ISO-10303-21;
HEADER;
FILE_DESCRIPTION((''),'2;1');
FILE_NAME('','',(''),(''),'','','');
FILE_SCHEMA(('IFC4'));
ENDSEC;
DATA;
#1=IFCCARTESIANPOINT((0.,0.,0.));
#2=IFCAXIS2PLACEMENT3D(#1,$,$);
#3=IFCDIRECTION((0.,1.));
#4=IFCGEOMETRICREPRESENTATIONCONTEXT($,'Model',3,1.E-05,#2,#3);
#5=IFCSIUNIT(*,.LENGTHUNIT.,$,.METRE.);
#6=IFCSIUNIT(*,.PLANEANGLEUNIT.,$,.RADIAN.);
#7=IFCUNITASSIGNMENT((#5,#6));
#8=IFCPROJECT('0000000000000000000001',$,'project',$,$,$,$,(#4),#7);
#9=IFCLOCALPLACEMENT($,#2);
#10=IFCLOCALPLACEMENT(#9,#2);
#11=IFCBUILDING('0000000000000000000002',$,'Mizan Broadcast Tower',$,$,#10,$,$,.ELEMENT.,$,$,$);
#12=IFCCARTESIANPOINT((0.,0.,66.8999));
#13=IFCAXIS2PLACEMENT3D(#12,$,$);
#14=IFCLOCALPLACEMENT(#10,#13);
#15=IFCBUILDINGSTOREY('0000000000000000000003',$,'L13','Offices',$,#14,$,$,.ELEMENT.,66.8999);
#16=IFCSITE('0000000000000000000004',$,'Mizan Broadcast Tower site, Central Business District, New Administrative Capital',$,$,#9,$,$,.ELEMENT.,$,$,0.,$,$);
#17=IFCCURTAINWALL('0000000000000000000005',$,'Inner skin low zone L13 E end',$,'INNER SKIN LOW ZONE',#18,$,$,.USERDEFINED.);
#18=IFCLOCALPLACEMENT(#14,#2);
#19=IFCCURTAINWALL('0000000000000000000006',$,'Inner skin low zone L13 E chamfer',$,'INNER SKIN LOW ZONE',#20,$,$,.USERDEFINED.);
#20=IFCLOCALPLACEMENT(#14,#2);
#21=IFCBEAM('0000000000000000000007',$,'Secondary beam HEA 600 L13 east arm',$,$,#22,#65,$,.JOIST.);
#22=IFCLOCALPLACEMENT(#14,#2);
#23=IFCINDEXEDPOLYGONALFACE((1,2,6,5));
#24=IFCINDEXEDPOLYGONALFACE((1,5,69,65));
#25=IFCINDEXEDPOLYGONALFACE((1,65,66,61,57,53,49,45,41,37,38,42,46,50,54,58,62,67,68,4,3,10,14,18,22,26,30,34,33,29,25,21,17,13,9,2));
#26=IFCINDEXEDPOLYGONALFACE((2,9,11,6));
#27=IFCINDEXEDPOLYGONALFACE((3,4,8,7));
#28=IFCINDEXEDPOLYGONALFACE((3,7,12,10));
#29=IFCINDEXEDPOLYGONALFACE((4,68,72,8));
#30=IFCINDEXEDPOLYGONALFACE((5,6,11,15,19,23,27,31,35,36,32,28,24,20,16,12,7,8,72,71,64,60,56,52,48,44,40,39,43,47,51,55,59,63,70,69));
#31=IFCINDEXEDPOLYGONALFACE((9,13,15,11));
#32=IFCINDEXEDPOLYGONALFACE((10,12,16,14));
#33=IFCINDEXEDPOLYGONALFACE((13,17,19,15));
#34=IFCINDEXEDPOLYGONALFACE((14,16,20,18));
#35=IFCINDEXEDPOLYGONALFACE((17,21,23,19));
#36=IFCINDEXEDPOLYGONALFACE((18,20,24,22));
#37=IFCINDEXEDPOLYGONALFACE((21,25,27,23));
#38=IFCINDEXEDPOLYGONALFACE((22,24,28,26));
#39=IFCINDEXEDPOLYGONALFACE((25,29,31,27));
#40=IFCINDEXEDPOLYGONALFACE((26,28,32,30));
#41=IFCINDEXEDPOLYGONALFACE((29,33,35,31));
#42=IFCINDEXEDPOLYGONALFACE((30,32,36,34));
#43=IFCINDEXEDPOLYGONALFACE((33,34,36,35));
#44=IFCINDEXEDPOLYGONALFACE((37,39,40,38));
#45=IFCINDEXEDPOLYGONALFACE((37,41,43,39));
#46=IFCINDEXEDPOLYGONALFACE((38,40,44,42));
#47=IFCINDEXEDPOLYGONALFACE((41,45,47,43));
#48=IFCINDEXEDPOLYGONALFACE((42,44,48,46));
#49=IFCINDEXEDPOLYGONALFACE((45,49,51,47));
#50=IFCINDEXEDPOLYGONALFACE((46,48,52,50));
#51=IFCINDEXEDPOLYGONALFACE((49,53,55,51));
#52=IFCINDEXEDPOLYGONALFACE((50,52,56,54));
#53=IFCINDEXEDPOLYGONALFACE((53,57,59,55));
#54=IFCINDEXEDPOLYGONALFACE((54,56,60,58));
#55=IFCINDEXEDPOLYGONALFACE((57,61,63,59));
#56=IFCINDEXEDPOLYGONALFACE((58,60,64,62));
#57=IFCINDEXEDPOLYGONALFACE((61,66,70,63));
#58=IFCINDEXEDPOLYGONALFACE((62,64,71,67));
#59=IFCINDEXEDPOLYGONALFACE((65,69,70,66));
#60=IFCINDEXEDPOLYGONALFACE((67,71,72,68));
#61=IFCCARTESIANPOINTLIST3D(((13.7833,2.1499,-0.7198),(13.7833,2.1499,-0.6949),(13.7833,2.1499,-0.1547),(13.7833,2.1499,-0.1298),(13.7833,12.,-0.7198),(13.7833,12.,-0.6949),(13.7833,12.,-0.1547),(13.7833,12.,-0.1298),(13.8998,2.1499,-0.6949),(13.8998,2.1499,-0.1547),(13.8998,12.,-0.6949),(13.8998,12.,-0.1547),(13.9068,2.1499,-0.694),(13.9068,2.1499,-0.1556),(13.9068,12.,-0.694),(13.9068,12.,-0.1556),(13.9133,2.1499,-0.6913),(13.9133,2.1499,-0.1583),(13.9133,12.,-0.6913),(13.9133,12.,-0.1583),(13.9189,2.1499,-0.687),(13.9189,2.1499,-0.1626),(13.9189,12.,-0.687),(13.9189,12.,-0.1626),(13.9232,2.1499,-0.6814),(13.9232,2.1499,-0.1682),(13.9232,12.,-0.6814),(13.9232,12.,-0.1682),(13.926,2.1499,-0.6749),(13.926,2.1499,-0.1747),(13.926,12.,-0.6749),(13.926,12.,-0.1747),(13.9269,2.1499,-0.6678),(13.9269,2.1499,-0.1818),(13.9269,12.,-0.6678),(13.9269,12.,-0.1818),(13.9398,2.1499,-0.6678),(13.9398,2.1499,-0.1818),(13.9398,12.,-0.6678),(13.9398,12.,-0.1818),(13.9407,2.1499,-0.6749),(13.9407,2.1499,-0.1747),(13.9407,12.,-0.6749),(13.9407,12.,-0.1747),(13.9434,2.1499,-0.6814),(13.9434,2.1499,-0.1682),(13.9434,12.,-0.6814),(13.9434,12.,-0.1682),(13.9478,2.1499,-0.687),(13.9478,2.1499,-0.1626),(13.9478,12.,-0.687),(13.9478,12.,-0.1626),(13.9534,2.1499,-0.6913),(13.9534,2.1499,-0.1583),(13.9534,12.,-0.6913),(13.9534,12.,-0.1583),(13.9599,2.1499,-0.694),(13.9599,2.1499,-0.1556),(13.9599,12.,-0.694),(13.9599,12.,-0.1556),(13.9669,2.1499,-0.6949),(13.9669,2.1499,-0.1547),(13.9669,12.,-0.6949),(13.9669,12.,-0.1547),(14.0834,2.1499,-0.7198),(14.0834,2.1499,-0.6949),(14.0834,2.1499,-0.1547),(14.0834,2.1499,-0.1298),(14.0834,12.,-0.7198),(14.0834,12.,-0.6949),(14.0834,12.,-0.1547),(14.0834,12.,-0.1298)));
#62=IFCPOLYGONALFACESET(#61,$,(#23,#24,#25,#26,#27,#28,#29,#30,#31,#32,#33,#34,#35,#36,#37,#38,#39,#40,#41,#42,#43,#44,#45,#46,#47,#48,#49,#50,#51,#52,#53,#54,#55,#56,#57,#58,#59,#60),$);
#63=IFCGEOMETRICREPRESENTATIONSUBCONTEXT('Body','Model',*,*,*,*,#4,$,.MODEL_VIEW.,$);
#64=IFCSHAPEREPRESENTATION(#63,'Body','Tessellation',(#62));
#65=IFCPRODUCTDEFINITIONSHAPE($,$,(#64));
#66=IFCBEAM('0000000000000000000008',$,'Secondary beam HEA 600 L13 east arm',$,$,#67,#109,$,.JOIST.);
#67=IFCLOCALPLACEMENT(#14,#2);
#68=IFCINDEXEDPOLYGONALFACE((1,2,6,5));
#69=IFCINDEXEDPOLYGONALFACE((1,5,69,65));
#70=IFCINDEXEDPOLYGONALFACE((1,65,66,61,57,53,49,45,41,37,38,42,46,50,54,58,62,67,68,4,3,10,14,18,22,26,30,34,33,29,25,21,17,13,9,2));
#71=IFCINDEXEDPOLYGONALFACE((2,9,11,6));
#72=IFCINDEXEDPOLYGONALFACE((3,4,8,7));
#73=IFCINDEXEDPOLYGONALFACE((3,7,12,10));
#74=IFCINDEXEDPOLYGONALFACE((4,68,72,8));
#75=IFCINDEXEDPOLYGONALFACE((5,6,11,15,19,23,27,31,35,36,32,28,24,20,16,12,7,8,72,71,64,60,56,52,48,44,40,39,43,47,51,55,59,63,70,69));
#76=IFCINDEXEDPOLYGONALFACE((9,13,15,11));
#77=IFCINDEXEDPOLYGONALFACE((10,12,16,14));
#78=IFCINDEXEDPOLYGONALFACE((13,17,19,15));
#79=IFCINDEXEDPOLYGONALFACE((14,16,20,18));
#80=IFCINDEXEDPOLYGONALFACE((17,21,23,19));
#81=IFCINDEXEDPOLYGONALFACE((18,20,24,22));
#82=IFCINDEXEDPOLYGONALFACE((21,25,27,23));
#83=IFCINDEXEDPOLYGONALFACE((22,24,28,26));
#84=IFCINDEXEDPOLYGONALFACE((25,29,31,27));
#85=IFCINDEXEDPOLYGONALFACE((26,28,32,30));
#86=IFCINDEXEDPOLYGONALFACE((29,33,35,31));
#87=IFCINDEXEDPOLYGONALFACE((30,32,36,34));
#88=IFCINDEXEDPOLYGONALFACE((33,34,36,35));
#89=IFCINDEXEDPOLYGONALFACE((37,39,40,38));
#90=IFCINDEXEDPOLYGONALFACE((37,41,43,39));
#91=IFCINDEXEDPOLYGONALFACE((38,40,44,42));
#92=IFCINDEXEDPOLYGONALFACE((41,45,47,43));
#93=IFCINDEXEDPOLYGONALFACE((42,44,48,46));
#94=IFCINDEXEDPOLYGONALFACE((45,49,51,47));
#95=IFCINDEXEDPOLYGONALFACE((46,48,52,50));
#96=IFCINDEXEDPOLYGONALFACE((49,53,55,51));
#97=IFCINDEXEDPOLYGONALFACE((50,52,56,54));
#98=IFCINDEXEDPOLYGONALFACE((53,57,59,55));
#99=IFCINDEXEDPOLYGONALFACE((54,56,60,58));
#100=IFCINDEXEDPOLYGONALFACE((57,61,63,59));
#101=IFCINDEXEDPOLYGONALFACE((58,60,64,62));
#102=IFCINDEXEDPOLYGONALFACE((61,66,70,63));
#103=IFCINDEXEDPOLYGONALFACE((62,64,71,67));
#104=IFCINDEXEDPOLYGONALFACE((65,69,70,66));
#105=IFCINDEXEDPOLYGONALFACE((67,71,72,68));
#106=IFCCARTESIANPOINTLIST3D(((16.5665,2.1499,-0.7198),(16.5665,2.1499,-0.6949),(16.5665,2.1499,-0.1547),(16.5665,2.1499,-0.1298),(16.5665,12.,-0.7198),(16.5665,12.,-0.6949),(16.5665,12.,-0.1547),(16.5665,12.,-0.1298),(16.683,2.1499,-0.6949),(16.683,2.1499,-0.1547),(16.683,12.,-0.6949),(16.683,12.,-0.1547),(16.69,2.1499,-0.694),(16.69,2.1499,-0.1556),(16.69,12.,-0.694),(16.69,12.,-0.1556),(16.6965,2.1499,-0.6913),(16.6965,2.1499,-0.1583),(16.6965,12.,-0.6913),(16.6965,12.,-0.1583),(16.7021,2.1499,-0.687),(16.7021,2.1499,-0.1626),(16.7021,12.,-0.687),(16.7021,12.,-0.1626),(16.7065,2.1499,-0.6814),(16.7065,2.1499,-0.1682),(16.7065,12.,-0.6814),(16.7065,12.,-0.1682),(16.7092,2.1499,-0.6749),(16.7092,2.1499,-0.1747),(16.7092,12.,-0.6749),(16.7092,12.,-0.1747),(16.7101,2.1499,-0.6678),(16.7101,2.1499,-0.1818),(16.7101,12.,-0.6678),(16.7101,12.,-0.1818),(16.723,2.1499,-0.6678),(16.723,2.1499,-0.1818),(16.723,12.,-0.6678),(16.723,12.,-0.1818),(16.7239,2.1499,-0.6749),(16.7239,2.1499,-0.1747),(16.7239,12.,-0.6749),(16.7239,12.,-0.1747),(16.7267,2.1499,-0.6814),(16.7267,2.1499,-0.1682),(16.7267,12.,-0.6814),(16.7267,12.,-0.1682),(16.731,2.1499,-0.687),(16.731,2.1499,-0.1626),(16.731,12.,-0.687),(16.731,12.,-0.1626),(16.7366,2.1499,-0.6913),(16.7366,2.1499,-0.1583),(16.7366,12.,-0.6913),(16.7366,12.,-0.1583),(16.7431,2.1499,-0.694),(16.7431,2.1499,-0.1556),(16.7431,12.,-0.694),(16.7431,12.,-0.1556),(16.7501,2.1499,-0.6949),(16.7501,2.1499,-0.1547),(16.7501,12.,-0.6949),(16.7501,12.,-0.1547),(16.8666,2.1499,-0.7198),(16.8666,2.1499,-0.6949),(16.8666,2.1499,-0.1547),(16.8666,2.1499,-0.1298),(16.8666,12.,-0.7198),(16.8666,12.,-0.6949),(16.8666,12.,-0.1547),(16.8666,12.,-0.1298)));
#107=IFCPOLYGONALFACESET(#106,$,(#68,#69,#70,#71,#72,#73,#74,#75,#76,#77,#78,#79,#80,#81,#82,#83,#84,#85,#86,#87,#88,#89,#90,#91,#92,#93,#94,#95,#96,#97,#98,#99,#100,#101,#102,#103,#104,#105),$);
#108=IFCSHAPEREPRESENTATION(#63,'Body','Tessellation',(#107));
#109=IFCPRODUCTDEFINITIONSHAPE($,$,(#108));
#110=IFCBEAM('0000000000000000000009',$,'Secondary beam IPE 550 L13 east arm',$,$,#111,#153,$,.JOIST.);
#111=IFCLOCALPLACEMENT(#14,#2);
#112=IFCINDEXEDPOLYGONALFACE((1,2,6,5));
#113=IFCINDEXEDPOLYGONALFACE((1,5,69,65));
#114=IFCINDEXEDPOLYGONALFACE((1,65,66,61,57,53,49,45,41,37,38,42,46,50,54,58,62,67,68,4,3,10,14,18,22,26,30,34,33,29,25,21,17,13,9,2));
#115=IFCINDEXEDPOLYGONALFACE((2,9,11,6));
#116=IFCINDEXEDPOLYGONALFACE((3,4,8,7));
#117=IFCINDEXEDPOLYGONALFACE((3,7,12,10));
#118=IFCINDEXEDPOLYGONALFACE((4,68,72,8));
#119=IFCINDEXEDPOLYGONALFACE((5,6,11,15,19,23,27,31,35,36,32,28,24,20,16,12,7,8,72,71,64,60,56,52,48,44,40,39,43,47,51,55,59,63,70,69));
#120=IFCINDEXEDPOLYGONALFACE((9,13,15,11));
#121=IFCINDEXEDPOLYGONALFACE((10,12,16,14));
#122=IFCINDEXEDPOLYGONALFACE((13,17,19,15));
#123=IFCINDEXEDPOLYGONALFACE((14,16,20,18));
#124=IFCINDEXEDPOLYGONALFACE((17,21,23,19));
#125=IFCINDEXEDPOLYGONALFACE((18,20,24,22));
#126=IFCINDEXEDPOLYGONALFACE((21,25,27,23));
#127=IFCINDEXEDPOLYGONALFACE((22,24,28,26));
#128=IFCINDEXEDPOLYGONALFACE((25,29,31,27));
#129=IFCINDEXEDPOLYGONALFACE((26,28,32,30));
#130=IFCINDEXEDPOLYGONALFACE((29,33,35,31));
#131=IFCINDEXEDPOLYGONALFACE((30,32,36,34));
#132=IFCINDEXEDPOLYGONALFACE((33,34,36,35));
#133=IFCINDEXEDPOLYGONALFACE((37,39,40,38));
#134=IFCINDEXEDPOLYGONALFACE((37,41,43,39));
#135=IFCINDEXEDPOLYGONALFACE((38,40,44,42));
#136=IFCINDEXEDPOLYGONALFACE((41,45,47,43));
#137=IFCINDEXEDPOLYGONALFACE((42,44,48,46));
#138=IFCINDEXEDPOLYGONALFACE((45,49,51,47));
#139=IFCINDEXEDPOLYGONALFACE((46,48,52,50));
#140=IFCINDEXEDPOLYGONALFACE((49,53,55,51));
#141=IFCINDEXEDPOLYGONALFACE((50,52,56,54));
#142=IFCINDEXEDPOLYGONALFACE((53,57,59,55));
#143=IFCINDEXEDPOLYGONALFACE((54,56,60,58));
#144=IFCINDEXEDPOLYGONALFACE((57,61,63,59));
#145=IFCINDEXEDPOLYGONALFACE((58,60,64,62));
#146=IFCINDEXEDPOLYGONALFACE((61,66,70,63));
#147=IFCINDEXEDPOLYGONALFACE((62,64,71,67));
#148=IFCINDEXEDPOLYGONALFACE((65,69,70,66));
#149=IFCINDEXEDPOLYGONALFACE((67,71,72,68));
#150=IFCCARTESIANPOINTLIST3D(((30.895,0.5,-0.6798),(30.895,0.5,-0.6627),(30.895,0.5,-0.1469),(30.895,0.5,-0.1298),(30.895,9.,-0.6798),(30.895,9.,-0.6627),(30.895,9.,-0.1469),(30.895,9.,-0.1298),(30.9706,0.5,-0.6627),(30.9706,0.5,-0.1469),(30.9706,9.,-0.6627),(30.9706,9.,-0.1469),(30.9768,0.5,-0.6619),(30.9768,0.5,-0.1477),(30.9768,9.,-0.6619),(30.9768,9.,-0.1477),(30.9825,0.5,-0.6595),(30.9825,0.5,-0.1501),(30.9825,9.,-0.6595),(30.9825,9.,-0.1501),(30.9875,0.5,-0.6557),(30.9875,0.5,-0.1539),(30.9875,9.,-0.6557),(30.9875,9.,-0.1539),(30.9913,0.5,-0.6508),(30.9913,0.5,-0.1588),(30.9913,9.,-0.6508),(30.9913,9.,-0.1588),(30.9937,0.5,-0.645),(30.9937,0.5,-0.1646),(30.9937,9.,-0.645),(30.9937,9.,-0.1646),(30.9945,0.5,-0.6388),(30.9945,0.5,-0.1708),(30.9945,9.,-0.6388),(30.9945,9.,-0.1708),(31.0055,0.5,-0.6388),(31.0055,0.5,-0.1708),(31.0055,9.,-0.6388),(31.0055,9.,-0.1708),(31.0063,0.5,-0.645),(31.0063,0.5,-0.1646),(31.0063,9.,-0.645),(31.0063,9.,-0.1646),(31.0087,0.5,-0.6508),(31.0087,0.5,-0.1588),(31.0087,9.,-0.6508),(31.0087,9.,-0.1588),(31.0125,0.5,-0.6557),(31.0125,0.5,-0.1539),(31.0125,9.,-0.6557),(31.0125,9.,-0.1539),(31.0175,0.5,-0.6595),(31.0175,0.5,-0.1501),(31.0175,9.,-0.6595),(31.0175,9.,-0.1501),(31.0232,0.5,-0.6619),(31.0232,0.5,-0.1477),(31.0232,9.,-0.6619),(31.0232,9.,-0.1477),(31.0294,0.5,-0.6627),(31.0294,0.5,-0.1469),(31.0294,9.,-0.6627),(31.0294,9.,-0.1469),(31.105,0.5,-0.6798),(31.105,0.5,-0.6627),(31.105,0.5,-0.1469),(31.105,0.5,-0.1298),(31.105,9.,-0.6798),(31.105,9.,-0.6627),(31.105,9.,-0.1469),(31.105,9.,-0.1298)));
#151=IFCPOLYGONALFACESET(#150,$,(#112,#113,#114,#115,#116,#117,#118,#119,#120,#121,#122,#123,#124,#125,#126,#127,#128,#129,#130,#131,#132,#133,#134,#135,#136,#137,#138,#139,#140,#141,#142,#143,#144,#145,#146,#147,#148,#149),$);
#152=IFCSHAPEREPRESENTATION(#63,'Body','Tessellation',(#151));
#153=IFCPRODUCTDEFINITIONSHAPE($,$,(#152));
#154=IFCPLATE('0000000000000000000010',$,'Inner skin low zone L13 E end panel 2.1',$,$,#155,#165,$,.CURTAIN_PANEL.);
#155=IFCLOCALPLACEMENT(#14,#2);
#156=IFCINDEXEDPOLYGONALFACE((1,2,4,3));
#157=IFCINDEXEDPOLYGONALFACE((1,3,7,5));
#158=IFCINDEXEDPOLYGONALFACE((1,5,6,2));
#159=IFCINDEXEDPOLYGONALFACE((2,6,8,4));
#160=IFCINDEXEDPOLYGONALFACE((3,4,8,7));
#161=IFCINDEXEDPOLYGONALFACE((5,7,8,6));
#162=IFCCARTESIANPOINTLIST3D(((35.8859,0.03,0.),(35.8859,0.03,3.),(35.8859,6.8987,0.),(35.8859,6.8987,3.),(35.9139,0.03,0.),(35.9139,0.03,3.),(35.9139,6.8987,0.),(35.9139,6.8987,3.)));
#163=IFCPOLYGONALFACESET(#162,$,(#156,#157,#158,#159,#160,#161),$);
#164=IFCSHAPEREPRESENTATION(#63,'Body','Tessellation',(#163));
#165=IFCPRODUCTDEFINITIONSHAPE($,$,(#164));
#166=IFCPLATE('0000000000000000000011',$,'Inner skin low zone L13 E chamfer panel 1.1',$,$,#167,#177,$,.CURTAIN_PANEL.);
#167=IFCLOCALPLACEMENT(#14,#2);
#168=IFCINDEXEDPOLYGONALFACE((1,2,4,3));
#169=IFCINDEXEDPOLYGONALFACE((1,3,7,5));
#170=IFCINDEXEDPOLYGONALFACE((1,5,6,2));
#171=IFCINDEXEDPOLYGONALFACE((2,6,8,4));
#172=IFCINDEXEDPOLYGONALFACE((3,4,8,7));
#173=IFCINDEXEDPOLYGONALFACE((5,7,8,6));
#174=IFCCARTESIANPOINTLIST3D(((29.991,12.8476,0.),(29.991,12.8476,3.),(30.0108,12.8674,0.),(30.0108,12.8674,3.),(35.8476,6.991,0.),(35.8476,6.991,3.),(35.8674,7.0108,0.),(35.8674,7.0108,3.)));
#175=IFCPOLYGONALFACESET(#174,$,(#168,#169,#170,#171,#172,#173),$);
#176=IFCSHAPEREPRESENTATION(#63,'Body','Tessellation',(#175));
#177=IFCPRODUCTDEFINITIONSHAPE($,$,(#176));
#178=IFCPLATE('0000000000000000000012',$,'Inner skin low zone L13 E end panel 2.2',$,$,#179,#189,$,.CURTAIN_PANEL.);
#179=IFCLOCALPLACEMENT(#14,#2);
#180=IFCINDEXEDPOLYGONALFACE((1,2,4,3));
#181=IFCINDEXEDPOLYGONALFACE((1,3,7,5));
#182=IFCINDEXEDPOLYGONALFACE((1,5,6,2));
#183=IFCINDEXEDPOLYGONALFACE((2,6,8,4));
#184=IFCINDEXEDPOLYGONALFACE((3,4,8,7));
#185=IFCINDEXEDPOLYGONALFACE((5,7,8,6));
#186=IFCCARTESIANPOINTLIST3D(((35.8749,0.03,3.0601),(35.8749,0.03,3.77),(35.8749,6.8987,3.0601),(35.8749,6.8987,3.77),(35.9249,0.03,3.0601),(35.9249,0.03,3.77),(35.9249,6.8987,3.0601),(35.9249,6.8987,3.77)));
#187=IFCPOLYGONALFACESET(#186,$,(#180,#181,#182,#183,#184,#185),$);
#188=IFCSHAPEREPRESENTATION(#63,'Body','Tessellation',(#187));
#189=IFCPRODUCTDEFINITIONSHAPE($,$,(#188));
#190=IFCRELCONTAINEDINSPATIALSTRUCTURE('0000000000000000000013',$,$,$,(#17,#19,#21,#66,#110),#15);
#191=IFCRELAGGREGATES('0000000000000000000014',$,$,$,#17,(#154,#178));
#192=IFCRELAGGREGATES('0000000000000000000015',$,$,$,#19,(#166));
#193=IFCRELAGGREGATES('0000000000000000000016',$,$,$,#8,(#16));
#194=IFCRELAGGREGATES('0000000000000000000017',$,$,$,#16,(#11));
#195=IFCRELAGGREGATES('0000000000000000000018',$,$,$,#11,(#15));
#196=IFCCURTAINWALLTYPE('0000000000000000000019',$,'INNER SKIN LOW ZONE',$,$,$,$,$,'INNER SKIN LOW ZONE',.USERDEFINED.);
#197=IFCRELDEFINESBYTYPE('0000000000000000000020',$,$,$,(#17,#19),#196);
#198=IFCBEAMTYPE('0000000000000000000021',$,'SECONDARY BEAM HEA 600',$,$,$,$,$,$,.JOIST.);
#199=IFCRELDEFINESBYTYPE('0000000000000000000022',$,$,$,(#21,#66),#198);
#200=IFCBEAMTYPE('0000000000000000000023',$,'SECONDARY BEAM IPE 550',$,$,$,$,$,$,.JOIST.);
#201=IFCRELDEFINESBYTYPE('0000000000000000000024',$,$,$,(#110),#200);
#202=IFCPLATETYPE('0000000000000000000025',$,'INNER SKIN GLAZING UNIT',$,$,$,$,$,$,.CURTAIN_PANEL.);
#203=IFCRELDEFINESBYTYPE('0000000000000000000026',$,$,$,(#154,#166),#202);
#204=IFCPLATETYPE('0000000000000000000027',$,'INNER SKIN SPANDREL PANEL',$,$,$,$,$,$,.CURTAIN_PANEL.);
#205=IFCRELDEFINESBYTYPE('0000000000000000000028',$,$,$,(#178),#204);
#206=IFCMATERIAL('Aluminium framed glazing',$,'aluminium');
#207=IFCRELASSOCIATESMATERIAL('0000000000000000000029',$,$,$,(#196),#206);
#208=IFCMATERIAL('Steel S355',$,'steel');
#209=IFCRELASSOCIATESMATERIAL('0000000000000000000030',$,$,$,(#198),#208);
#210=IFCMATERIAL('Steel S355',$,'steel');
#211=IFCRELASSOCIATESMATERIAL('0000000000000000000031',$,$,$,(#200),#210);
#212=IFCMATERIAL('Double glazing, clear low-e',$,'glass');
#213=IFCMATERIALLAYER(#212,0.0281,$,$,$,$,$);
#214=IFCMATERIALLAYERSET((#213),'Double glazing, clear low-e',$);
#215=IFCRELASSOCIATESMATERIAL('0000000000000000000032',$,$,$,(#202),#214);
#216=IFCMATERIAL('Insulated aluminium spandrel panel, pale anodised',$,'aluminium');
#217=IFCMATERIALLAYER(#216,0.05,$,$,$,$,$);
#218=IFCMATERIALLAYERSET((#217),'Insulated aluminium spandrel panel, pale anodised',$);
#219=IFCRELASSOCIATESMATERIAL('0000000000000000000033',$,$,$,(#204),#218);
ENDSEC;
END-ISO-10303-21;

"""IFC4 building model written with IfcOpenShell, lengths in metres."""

from ifc_helpers import new_model, si_unit, direction, frame, origin, origin_2d, place, context, subcontext, project, spatial, rectangle, i_section, extrude, material, layer, layer_set, material_profile, profile_set, type_object, element, aggregate, save


model = new_model("IFC4")

# Units and contexts
model_context = context("Model", 3, precision=1e-05, world=origin(), true_north=direction((0.0, 1.0)))
body_context = subcontext(model_context, "Body", "Model", "MODEL_VIEW")
ifc_project = project(units=[si_unit("LENGTHUNIT", "METRE"), si_unit("PLANEANGLEUNIT", "RADIAN")], contexts=[model_context])

# Site, building, storey
site_placement = place(None, origin())
site = spatial("IfcSite", under=ifc_project, at=site_placement, Name="Mizan Broadcast Tower site, Central Business District, New Administrative Capital", CompositionType="ELEMENT", RefElevation=0.0)
building_placement = place(site_placement, origin())
building = spatial("IfcBuilding", under=site, at=building_placement, Name="Mizan Broadcast Tower", CompositionType="ELEMENT")
storey_placement = place(building_placement, frame((0.0, 0.0, 66.8999)))
storey = spatial("IfcBuildingStorey", under=building, at=storey_placement, Name="L13", Description="Offices", CompositionType="ELEMENT", Elevation=66.8999)

# Curtain wall
ifc_material_1 = material(Name="Aluminium framed glazing", Category="aluminium")
curtain_wall_type_1 = type_object("IfcCurtainWallType", Name="INNER SKIN LOW ZONE", ElementType="INNER SKIN LOW ZONE", PredefinedType="USERDEFINED", material=ifc_material_1)
curtain_wall_1_placement = place(storey_placement, origin())
curtain_wall_1 = element("IfcCurtainWall", 1, at=curtain_wall_1_placement, inside=storey, type_object=curtain_wall_type_1, Name="Inner skin low zone L13 E end", ObjectType="INNER SKIN LOW ZONE", PredefinedType="USERDEFINED")

# Curtain wall
curtain_wall_2_placement = place(storey_placement, origin())
curtain_wall_2 = element("IfcCurtainWall", 2, at=curtain_wall_2_placement, inside=storey, type_object=curtain_wall_type_1, Name="Inner skin low zone L13 E chamfer", ObjectType="INNER SKIN LOW ZONE", PredefinedType="USERDEFINED")

# Beams
ifc_material_2 = material(Name="Steel S355", Category="steel")
ifc_material_profile_1 = material_profile(ifc_material_2, i_section(OverallWidth=0.3, OverallDepth=0.5901, WebThickness=0.0129, FlangeThickness=0.0249, FilletRadius=0.0271, at=origin_2d()), Name="HEA 600")
ifc_profile_set_1 = profile_set([ifc_material_profile_1], Name="Steel S355")
beam_type_1 = type_object("IfcBeamType", Name="SECONDARY BEAM HEA 600", PredefinedType="JOIST", material=ifc_profile_set_1)
for number, where, z_axis, x_axis, name in (
    (3, (13.9333, 12.0, -0.4248), (0.0, -1.0, 0.0), (1.0, 0.0, 0.0), "Secondary beam HEA 600 L13 east arm"),
    (4, (16.7166, 12.0, -0.4248), (0.0, -1.0, 0.0), (1.0, 0.0, 0.0), "Secondary beam HEA 600 L13 east arm"),
):
    element("IfcBeam", number, at=place(storey_placement, frame(where, z_axis=z_axis, x_axis=x_axis)), inside=storey, type_object=beam_type_1, Name=name, PredefinedType="JOIST", context=body_context, shape_type="SweptSolid", body=[
        extrude(i_section(OverallWidth=0.3, OverallDepth=0.5901, WebThickness=0.0129, FlangeThickness=0.0249, FilletRadius=0.0271, at=origin_2d()), origin(), (0.0, 0.0, 1.0), 9.8501),
    ])
ifc_material_3 = material(Name="Steel S355", Category="steel")
ifc_material_profile_2 = material_profile(ifc_material_3, i_section(OverallWidth=0.21, OverallDepth=0.55, WebThickness=0.011, FlangeThickness=0.0171, FilletRadius=0.0239, at=origin_2d()), Name="IPE 550")
ifc_profile_set_2 = profile_set([ifc_material_profile_2], Name="Steel S355")
beam_type_2 = type_object("IfcBeamType", Name="SECONDARY BEAM IPE 550", PredefinedType="JOIST", material=ifc_profile_set_2)
beam_1_placement = place(storey_placement, frame((31.0, 9.0, -0.4048), z_axis=(0.0, -1.0, 0.0), x_axis=(1.0, 0.0, 0.0)))
element("IfcBeam", 5, at=beam_1_placement, inside=storey, type_object=beam_type_2, Name="Secondary beam IPE 550 L13 east arm", PredefinedType="JOIST", context=body_context, shape_type="SweptSolid", body=[
    extrude(i_section(OverallWidth=0.21, OverallDepth=0.55, WebThickness=0.011, FlangeThickness=0.0171, FilletRadius=0.0239, at=origin_2d()), origin(), (0.0, 0.0, 1.0), 8.5),
])

# Plates
ifc_material_4 = material(Name="Double glazing, clear low-e", Category="glass")
ifc_layer_1 = layer(ifc_material_4, 0.0281)
ifc_layer_set_1 = layer_set([ifc_layer_1], Name="Double glazing, clear low-e")
plate_type_1 = type_object("IfcPlateType", Name="INNER SKIN GLAZING UNIT", PredefinedType="CURTAIN_PANEL", material=ifc_layer_set_1)
plate_1_placement = place(storey_placement, frame((35.8999, 3.4644, 0.0), z_axis=(0.0, 0.0, 1.0), x_axis=(0.0, 1.0, 0.0)))
plate_1 = element("IfcPlate", 6, at=plate_1_placement, type_object=plate_type_1, Name="Inner skin low zone L13 E end panel 2.1", PredefinedType="CURTAIN_PANEL", context=body_context, shape_type="SweptSolid", body=[
    extrude(rectangle(XDim=6.8687, YDim=0.0281, at=origin_2d()), origin(), (0.0, 0.0, 1.0), 3.0),
])
plate_2_placement = place(storey_placement, frame((32.9292, 9.9292, 0.0), z_axis=(0.0, 0.0, 1.0), x_axis=(-0.707107, 0.707107, 0.0)))
plate_2 = element("IfcPlate", 7, at=plate_2_placement, type_object=plate_type_1, Name="Inner skin low zone L13 E chamfer panel 1.1", PredefinedType="CURTAIN_PANEL", context=body_context, shape_type="SweptSolid", body=[
    extrude(rectangle(XDim=8.2825, YDim=0.0281, at=origin_2d()), origin(), (0.0, 0.0, 1.0), 3.0),
])
ifc_material_5 = material(Name="Insulated aluminium spandrel panel, pale anodised", Category="aluminium")
ifc_layer_2 = layer(ifc_material_5, 0.05)
ifc_layer_set_2 = layer_set([ifc_layer_2], Name="Insulated aluminium spandrel panel, pale anodised")
plate_type_2 = type_object("IfcPlateType", Name="INNER SKIN SPANDREL PANEL", PredefinedType="CURTAIN_PANEL", material=ifc_layer_set_2)
plate_3_placement = place(storey_placement, frame((35.8999, 3.4644, 3.0601), z_axis=(0.0, 0.0, 1.0), x_axis=(0.0, 1.0, 0.0)))
plate_3 = element("IfcPlate", 8, at=plate_3_placement, type_object=plate_type_2, Name="Inner skin low zone L13 E end panel 2.2", PredefinedType="CURTAIN_PANEL", context=body_context, shape_type="SweptSolid", body=[
    extrude(rectangle(XDim=6.8687, YDim=0.05, at=origin_2d()), origin(), (0.0, 0.0, 1.0), 0.71),
])
aggregate(curtain_wall_1, [plate_1, plate_3])
aggregate(curtain_wall_2, [plate_2])

save(model, "model.ifc")
